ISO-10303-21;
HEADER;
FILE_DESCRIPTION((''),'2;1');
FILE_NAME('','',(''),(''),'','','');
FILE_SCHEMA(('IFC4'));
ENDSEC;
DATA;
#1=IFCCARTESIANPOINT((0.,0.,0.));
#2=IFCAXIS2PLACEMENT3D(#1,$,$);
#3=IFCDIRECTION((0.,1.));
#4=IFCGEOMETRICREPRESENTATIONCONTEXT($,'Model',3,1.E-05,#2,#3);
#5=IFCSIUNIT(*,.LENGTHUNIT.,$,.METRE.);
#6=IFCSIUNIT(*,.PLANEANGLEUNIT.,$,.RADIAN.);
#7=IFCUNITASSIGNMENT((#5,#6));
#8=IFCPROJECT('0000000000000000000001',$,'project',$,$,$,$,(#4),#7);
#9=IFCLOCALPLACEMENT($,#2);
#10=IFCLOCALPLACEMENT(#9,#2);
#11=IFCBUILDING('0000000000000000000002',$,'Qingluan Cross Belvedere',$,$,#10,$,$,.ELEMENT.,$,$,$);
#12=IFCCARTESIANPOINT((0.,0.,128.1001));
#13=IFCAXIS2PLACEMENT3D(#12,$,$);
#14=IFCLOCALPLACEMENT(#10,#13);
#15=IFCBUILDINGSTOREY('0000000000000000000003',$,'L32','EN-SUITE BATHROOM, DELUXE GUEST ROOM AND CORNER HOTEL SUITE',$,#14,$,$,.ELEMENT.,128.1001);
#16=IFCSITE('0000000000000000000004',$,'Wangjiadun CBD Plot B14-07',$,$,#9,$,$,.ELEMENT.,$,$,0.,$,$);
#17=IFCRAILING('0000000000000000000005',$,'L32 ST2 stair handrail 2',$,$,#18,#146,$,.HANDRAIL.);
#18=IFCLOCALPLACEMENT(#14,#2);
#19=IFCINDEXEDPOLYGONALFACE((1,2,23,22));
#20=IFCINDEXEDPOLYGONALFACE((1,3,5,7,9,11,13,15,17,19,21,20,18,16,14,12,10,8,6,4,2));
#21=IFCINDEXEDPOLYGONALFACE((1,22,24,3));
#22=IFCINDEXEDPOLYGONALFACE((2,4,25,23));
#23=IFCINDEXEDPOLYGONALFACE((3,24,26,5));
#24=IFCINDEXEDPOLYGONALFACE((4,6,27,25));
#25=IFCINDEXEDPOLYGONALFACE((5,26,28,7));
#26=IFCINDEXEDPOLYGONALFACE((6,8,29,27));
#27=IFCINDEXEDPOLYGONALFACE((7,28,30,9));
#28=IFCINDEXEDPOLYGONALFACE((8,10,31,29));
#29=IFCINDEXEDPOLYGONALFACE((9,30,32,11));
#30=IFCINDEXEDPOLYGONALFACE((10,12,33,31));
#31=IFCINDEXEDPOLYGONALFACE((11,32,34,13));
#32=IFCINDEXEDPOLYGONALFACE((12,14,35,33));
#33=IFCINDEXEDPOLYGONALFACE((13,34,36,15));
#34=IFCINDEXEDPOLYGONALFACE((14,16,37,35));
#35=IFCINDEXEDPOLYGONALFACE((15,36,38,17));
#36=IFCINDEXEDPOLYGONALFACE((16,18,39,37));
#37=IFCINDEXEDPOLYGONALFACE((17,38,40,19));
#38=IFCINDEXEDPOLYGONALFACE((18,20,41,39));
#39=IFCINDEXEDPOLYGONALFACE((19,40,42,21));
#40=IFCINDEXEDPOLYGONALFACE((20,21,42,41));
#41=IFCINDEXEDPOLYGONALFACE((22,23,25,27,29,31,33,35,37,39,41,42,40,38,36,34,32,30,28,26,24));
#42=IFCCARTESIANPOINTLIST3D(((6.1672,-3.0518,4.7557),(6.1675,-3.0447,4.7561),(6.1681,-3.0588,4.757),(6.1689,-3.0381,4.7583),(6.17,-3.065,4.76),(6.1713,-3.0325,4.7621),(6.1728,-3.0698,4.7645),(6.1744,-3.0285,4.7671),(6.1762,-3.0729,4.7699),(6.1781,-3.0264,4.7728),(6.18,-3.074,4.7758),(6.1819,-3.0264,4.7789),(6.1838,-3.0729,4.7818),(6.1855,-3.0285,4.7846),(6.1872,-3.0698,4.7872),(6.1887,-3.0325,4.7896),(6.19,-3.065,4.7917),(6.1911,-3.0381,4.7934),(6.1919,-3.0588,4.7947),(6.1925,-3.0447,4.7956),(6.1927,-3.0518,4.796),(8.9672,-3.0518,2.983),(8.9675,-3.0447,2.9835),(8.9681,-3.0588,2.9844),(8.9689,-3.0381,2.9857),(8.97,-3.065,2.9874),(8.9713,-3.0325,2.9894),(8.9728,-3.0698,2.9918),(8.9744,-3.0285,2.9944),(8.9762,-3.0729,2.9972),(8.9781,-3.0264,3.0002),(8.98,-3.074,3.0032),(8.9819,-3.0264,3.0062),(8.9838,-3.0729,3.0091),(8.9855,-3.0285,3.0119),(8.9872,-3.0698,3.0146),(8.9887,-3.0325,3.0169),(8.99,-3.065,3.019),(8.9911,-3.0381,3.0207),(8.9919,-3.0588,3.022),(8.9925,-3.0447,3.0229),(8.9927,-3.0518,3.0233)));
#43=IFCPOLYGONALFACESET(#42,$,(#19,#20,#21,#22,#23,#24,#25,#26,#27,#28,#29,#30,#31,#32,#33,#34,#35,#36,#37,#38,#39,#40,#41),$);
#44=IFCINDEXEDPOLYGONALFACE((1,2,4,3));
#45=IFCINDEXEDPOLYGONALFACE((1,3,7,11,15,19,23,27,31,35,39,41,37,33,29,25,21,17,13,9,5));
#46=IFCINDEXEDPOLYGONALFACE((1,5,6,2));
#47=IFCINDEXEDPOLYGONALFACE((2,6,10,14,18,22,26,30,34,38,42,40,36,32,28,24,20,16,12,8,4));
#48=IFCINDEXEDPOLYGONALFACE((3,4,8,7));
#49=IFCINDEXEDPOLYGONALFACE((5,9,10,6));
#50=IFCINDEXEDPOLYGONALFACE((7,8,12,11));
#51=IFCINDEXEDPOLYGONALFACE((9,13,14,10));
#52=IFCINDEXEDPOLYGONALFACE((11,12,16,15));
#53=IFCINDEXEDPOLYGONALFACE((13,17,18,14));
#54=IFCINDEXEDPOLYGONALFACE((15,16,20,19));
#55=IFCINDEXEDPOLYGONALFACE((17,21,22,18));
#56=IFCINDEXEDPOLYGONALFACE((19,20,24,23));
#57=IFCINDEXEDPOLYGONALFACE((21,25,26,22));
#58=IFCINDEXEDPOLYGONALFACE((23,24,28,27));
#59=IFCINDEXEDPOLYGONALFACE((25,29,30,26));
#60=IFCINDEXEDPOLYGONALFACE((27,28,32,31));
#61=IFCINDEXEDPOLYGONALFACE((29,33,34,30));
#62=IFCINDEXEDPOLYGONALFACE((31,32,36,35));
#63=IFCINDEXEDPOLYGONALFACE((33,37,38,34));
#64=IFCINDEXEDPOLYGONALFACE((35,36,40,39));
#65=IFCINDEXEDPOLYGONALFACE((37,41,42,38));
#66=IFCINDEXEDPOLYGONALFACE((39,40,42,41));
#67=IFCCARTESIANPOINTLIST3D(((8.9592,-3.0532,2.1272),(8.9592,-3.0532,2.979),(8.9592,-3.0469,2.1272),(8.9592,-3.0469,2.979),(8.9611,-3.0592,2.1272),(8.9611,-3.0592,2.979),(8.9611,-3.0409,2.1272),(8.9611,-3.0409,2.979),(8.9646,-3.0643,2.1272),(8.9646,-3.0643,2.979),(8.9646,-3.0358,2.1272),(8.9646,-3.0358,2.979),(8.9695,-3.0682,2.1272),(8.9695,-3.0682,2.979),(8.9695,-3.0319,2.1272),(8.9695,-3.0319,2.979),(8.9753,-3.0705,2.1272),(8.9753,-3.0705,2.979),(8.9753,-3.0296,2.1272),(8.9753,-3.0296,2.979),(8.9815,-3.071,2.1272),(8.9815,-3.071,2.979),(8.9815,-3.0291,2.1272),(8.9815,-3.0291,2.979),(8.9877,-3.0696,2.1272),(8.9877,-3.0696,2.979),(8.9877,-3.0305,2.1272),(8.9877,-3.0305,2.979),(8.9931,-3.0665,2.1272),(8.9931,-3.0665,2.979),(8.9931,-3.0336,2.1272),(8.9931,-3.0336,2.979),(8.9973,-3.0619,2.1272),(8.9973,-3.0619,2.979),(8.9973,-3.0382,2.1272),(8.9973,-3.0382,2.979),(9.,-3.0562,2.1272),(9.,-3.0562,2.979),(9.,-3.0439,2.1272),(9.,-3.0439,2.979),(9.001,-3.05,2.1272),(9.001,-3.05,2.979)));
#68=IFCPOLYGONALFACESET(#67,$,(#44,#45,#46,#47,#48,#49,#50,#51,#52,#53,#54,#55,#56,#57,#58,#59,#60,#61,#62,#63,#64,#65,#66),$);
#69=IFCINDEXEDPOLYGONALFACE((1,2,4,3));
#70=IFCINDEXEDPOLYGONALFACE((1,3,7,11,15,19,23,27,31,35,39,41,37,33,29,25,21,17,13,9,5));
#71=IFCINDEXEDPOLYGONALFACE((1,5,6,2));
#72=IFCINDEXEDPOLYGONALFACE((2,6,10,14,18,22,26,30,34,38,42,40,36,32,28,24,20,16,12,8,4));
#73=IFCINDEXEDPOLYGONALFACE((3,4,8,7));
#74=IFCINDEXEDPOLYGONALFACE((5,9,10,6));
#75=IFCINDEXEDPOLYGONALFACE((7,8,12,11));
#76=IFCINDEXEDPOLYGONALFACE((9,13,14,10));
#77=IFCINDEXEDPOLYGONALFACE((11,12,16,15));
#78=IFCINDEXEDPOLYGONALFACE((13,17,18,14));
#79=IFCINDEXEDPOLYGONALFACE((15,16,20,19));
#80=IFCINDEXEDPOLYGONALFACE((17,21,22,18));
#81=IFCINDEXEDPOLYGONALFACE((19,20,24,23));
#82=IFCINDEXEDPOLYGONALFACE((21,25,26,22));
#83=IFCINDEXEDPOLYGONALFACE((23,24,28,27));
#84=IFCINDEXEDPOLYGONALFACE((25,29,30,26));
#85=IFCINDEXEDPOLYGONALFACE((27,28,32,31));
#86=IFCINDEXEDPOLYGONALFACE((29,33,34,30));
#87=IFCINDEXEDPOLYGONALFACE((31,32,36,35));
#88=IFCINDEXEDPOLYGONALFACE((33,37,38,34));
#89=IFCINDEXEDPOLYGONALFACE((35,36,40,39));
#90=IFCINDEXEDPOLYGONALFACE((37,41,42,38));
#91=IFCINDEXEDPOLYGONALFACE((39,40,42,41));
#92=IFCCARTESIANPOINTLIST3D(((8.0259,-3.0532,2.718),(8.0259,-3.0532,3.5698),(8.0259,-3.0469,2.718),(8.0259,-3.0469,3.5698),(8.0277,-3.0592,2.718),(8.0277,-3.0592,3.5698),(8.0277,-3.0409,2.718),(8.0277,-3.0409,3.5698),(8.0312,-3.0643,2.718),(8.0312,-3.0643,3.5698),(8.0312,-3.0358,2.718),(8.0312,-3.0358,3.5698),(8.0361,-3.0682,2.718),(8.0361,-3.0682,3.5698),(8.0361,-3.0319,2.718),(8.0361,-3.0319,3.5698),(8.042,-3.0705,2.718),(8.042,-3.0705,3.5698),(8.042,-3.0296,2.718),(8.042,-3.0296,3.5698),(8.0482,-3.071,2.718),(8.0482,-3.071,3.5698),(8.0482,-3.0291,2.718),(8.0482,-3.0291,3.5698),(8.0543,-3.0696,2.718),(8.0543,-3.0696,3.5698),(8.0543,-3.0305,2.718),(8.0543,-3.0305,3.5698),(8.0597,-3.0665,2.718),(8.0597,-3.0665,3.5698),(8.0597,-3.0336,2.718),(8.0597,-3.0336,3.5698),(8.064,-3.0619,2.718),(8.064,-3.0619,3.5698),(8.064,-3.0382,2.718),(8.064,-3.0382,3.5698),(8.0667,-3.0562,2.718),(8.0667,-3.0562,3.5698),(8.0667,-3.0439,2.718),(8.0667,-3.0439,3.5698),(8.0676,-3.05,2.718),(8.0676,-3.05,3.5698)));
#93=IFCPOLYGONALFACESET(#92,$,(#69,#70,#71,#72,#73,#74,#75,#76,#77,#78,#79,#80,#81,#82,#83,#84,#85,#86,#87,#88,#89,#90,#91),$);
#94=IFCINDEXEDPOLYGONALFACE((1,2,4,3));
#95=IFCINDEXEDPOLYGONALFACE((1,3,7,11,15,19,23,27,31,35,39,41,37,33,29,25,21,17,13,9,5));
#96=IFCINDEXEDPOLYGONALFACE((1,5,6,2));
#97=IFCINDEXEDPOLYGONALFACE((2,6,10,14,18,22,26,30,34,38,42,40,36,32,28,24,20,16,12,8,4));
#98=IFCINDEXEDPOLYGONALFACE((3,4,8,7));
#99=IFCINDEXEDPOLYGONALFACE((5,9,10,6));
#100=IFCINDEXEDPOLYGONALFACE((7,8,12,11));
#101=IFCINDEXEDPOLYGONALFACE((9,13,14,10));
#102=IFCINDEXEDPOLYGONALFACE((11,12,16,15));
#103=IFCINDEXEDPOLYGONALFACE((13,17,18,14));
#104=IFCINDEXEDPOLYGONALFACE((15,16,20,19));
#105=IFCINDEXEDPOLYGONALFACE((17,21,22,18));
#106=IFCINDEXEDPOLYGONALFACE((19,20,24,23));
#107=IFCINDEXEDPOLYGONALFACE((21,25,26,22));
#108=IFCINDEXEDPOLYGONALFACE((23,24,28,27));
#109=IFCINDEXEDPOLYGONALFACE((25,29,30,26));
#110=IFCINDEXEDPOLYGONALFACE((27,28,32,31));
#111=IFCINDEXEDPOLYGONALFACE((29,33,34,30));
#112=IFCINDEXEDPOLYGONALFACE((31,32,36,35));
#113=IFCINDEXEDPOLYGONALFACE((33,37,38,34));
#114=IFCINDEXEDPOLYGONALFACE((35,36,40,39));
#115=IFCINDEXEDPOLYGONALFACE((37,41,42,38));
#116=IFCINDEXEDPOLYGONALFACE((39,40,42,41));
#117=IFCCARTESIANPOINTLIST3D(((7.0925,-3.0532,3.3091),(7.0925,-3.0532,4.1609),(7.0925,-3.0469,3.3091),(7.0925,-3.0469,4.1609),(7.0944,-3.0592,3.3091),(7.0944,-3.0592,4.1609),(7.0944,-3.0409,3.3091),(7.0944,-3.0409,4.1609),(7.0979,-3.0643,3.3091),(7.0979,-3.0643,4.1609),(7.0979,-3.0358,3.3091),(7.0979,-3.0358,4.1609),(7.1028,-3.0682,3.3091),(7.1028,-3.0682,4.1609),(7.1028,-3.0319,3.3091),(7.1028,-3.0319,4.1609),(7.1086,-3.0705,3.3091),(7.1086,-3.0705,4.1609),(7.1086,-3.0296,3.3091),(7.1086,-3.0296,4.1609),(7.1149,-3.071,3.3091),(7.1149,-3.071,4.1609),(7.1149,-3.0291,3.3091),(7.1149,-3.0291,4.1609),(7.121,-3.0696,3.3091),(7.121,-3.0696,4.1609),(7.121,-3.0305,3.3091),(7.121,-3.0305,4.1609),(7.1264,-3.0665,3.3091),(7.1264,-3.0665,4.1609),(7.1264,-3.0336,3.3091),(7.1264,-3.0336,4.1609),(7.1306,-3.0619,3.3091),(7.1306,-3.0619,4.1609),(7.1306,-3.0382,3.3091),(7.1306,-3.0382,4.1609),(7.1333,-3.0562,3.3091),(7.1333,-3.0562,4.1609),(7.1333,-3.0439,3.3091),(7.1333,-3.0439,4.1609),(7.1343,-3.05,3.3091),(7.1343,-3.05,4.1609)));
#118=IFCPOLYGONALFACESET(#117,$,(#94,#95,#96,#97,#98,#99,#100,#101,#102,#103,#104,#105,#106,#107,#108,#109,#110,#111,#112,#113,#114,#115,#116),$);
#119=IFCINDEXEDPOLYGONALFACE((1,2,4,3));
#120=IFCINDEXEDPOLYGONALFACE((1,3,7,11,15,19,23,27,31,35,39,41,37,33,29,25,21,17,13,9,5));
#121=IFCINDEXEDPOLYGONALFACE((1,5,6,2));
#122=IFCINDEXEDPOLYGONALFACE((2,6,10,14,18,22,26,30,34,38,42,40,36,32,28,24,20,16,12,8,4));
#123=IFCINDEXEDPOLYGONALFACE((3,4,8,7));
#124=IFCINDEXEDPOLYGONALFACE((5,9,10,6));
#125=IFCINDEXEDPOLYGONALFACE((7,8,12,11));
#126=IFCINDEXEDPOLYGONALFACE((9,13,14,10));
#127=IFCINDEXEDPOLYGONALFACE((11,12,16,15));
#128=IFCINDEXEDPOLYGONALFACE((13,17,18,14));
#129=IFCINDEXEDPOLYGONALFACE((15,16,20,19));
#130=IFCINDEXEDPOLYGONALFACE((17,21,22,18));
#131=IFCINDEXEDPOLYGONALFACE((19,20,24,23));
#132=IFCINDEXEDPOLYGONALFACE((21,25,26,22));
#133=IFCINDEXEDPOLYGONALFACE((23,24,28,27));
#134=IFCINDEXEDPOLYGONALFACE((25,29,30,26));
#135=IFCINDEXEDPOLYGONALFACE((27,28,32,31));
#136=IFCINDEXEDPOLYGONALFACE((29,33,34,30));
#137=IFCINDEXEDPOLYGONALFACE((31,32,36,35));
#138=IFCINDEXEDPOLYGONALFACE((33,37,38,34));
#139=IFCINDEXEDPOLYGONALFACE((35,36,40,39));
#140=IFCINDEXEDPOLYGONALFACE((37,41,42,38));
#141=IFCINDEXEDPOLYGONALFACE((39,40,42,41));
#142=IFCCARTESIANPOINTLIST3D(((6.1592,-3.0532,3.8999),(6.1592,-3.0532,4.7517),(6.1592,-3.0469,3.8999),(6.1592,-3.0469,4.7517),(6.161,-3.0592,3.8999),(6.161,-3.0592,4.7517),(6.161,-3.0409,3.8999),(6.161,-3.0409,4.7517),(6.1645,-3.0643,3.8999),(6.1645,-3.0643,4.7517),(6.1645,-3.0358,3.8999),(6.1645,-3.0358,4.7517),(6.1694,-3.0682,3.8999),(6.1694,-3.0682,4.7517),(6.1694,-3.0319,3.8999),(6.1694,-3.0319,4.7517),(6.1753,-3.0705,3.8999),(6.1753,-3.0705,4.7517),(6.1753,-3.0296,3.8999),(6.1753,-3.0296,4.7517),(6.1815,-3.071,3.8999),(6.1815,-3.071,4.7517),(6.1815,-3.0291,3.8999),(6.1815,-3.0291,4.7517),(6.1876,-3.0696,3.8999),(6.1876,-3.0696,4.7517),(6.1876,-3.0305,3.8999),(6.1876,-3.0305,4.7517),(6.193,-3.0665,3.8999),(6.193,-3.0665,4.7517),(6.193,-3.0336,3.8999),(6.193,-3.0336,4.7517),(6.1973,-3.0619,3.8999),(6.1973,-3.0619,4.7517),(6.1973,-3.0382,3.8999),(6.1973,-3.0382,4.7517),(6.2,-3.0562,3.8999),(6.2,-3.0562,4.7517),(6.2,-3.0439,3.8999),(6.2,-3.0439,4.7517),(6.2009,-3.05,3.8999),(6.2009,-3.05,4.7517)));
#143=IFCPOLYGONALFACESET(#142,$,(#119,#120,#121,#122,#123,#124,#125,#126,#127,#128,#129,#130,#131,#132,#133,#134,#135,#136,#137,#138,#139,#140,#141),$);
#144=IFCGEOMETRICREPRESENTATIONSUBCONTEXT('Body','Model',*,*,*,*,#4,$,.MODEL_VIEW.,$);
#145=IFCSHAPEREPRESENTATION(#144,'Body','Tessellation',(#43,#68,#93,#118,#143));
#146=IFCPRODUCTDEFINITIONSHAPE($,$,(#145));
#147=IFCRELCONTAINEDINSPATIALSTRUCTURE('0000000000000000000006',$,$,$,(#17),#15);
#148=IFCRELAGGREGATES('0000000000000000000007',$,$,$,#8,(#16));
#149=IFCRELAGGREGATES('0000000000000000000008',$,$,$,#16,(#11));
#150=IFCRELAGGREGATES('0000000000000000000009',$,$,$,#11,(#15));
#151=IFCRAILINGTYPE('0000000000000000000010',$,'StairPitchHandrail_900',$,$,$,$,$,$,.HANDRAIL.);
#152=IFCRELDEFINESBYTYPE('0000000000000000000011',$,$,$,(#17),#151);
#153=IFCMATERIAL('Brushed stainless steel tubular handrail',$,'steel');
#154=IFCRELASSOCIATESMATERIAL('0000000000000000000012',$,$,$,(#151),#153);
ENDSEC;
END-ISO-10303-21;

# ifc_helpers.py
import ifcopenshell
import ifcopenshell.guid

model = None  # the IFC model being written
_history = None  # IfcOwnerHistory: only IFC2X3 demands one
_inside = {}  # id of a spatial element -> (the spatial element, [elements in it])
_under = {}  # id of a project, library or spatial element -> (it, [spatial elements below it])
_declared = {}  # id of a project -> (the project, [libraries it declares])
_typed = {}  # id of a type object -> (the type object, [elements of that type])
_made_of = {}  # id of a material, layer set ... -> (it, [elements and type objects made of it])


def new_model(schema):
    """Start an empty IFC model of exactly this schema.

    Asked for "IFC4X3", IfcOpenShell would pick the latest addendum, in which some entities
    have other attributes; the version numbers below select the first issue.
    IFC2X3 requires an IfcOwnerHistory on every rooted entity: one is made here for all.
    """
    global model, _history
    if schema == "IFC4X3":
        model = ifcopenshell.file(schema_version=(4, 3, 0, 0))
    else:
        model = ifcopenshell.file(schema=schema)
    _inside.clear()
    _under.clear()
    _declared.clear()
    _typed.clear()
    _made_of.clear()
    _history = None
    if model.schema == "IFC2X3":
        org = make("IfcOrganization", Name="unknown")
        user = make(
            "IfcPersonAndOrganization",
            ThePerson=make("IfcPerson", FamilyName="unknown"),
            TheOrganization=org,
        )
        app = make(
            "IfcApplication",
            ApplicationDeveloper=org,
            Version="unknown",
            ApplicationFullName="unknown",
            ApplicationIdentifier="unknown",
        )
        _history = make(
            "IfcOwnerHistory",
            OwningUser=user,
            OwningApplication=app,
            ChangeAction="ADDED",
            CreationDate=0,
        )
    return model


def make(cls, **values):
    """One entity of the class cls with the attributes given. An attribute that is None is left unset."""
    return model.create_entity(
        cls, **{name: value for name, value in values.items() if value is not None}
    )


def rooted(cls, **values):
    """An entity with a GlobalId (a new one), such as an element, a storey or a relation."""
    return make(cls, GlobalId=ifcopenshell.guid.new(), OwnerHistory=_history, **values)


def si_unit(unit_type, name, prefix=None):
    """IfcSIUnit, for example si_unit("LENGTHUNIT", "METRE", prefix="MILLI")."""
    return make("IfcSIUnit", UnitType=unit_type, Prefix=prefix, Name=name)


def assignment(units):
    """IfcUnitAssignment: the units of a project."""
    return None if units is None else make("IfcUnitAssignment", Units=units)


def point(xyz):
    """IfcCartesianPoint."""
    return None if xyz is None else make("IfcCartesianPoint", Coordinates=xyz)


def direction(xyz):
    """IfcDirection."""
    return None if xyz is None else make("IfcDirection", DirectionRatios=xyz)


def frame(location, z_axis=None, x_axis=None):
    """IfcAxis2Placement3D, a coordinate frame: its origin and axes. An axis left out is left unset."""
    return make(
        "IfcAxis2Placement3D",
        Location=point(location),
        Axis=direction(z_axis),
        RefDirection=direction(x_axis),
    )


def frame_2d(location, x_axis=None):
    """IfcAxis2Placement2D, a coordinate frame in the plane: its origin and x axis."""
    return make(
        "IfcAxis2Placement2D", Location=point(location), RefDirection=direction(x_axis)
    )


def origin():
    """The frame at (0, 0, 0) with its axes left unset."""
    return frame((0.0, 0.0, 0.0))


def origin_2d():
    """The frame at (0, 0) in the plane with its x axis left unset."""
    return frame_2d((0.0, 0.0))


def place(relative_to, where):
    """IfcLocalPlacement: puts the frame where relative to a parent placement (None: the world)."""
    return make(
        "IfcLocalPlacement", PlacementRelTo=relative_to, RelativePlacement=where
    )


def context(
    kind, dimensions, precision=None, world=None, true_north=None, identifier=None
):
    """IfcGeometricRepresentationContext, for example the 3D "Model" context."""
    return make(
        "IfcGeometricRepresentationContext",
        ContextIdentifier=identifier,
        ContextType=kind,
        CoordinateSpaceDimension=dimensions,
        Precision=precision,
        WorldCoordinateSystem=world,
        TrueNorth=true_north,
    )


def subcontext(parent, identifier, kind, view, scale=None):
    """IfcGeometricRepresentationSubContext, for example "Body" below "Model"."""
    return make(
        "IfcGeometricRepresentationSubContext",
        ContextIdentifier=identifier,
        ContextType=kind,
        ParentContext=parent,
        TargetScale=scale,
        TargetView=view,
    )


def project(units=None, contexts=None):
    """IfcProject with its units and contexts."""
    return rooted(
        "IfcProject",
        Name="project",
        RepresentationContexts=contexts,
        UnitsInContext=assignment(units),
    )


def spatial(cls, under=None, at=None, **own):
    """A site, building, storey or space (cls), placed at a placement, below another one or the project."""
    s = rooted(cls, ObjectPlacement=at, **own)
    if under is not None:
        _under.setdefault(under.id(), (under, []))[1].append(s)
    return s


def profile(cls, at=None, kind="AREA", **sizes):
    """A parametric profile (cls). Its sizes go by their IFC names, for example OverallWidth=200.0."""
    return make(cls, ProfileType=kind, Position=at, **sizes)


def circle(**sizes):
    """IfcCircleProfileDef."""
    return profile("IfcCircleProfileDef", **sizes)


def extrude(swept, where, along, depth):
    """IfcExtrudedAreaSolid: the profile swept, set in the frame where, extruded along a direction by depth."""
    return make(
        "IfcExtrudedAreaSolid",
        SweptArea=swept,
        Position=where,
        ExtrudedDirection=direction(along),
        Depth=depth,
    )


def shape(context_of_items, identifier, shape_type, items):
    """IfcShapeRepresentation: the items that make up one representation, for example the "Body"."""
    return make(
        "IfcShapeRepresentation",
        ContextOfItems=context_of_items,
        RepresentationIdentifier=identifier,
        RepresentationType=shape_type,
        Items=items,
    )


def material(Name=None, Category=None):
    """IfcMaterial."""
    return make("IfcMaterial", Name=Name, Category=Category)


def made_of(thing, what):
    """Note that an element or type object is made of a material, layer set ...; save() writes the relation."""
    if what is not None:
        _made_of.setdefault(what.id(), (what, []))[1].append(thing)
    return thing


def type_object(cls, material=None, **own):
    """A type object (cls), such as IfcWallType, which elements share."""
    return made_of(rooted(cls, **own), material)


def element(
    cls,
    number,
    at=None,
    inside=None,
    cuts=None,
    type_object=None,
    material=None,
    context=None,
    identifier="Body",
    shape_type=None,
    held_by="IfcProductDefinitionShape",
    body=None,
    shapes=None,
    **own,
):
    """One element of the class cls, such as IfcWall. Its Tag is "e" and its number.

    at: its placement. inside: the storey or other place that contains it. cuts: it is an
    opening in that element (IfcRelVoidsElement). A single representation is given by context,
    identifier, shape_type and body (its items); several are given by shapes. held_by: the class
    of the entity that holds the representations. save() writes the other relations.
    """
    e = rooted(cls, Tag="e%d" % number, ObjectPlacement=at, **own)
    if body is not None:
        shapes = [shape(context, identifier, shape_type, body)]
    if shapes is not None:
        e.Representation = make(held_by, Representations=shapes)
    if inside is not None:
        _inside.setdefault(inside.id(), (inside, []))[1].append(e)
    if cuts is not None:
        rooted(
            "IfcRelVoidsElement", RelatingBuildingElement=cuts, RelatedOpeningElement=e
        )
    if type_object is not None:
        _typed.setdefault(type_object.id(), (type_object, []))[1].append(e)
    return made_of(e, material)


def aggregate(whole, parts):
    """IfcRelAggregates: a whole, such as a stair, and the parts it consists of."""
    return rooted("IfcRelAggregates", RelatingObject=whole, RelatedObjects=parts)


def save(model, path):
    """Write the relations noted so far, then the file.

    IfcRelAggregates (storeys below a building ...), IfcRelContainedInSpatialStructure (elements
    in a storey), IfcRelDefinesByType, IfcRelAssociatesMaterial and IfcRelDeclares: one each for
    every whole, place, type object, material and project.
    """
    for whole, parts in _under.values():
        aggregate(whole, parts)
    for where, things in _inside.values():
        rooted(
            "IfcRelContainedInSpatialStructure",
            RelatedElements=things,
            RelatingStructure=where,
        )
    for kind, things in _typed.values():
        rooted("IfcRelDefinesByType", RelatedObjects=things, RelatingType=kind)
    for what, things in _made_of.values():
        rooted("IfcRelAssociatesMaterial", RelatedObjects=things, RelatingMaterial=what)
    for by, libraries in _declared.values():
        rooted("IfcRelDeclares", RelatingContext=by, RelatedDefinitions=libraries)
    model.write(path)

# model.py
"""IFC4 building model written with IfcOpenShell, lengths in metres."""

from ifc_helpers import new_model, si_unit, direction, frame, origin, origin_2d, place, context, subcontext, project, spatial, circle, extrude, material, type_object, element, save


model = new_model("IFC4")

# Units and contexts
model_context = context("Model", 3, precision=1e-05, world=origin(), true_north=direction((0.0, 1.0)))
body_context = subcontext(model_context, "Body", "Model", "MODEL_VIEW")
ifc_project = project(units=[si_unit("LENGTHUNIT", "METRE"), si_unit("PLANEANGLEUNIT", "RADIAN")], contexts=[model_context])

# Site, building, storey
site_placement = place(None, origin())
site = spatial("IfcSite", under=ifc_project, at=site_placement, Name="Wangjiadun CBD Plot B14-07", CompositionType="ELEMENT", RefElevation=0.0)
building_placement = place(site_placement, origin())
building = spatial("IfcBuilding", under=site, at=building_placement, Name="Qingluan Cross Belvedere", CompositionType="ELEMENT")
storey_placement = place(building_placement, frame((0.0, 0.0, 128.1001)))
storey = spatial("IfcBuildingStorey", under=building, at=storey_placement, Name="L32", Description="EN-SUITE BATHROOM, DELUXE GUEST ROOM AND CORNER HOTEL SUITE", CompositionType="ELEMENT", Elevation=128.1001)

# Railing
ifc_material_1 = material(Name="Brushed stainless steel tubular handrail", Category="steel")
railing_type_1 = type_object("IfcRailingType", Name="StairPitchHandrail_900", PredefinedType="HANDRAIL", material=ifc_material_1)
railing_1_placement = place(storey_placement, frame((8.98, -3.05, 2.1272)))
element("IfcRailing", 1, at=railing_1_placement, inside=storey, type_object=railing_type_1, Name="L32 ST2 stair handrail 2", PredefinedType="HANDRAIL", context=body_context, shape_type="SweptSolid", body=[
    extrude(circle(Radius=0.0239, at=origin_2d()), frame((0.0, 0.0, 0.876), z_axis=(-0.844909, 0.0, 0.53491), x_axis=(0.0, -1.0, 0.0)), (0.0, 0.0, 1.0), 3.314),
    extrude(circle(Radius=0.021, at=origin_2d()), origin(), (0.0, 0.0, 1.0), 0.8518),
    extrude(circle(Radius=0.021, at=origin_2d()), frame((-0.9333, 0.0, 0.5908)), (0.0, 0.0, 1.0), 0.8518),
    extrude(circle(Radius=0.021, at=origin_2d()), frame((-1.8667, 0.0, 1.1819)), (0.0, 0.0, 1.0), 0.8518),
    extrude(circle(Radius=0.021, at=origin_2d()), frame((-2.8, 0.0, 1.7727)), (0.0, 0.0, 1.0), 0.8518),
])

save(model, "model.ifc")
